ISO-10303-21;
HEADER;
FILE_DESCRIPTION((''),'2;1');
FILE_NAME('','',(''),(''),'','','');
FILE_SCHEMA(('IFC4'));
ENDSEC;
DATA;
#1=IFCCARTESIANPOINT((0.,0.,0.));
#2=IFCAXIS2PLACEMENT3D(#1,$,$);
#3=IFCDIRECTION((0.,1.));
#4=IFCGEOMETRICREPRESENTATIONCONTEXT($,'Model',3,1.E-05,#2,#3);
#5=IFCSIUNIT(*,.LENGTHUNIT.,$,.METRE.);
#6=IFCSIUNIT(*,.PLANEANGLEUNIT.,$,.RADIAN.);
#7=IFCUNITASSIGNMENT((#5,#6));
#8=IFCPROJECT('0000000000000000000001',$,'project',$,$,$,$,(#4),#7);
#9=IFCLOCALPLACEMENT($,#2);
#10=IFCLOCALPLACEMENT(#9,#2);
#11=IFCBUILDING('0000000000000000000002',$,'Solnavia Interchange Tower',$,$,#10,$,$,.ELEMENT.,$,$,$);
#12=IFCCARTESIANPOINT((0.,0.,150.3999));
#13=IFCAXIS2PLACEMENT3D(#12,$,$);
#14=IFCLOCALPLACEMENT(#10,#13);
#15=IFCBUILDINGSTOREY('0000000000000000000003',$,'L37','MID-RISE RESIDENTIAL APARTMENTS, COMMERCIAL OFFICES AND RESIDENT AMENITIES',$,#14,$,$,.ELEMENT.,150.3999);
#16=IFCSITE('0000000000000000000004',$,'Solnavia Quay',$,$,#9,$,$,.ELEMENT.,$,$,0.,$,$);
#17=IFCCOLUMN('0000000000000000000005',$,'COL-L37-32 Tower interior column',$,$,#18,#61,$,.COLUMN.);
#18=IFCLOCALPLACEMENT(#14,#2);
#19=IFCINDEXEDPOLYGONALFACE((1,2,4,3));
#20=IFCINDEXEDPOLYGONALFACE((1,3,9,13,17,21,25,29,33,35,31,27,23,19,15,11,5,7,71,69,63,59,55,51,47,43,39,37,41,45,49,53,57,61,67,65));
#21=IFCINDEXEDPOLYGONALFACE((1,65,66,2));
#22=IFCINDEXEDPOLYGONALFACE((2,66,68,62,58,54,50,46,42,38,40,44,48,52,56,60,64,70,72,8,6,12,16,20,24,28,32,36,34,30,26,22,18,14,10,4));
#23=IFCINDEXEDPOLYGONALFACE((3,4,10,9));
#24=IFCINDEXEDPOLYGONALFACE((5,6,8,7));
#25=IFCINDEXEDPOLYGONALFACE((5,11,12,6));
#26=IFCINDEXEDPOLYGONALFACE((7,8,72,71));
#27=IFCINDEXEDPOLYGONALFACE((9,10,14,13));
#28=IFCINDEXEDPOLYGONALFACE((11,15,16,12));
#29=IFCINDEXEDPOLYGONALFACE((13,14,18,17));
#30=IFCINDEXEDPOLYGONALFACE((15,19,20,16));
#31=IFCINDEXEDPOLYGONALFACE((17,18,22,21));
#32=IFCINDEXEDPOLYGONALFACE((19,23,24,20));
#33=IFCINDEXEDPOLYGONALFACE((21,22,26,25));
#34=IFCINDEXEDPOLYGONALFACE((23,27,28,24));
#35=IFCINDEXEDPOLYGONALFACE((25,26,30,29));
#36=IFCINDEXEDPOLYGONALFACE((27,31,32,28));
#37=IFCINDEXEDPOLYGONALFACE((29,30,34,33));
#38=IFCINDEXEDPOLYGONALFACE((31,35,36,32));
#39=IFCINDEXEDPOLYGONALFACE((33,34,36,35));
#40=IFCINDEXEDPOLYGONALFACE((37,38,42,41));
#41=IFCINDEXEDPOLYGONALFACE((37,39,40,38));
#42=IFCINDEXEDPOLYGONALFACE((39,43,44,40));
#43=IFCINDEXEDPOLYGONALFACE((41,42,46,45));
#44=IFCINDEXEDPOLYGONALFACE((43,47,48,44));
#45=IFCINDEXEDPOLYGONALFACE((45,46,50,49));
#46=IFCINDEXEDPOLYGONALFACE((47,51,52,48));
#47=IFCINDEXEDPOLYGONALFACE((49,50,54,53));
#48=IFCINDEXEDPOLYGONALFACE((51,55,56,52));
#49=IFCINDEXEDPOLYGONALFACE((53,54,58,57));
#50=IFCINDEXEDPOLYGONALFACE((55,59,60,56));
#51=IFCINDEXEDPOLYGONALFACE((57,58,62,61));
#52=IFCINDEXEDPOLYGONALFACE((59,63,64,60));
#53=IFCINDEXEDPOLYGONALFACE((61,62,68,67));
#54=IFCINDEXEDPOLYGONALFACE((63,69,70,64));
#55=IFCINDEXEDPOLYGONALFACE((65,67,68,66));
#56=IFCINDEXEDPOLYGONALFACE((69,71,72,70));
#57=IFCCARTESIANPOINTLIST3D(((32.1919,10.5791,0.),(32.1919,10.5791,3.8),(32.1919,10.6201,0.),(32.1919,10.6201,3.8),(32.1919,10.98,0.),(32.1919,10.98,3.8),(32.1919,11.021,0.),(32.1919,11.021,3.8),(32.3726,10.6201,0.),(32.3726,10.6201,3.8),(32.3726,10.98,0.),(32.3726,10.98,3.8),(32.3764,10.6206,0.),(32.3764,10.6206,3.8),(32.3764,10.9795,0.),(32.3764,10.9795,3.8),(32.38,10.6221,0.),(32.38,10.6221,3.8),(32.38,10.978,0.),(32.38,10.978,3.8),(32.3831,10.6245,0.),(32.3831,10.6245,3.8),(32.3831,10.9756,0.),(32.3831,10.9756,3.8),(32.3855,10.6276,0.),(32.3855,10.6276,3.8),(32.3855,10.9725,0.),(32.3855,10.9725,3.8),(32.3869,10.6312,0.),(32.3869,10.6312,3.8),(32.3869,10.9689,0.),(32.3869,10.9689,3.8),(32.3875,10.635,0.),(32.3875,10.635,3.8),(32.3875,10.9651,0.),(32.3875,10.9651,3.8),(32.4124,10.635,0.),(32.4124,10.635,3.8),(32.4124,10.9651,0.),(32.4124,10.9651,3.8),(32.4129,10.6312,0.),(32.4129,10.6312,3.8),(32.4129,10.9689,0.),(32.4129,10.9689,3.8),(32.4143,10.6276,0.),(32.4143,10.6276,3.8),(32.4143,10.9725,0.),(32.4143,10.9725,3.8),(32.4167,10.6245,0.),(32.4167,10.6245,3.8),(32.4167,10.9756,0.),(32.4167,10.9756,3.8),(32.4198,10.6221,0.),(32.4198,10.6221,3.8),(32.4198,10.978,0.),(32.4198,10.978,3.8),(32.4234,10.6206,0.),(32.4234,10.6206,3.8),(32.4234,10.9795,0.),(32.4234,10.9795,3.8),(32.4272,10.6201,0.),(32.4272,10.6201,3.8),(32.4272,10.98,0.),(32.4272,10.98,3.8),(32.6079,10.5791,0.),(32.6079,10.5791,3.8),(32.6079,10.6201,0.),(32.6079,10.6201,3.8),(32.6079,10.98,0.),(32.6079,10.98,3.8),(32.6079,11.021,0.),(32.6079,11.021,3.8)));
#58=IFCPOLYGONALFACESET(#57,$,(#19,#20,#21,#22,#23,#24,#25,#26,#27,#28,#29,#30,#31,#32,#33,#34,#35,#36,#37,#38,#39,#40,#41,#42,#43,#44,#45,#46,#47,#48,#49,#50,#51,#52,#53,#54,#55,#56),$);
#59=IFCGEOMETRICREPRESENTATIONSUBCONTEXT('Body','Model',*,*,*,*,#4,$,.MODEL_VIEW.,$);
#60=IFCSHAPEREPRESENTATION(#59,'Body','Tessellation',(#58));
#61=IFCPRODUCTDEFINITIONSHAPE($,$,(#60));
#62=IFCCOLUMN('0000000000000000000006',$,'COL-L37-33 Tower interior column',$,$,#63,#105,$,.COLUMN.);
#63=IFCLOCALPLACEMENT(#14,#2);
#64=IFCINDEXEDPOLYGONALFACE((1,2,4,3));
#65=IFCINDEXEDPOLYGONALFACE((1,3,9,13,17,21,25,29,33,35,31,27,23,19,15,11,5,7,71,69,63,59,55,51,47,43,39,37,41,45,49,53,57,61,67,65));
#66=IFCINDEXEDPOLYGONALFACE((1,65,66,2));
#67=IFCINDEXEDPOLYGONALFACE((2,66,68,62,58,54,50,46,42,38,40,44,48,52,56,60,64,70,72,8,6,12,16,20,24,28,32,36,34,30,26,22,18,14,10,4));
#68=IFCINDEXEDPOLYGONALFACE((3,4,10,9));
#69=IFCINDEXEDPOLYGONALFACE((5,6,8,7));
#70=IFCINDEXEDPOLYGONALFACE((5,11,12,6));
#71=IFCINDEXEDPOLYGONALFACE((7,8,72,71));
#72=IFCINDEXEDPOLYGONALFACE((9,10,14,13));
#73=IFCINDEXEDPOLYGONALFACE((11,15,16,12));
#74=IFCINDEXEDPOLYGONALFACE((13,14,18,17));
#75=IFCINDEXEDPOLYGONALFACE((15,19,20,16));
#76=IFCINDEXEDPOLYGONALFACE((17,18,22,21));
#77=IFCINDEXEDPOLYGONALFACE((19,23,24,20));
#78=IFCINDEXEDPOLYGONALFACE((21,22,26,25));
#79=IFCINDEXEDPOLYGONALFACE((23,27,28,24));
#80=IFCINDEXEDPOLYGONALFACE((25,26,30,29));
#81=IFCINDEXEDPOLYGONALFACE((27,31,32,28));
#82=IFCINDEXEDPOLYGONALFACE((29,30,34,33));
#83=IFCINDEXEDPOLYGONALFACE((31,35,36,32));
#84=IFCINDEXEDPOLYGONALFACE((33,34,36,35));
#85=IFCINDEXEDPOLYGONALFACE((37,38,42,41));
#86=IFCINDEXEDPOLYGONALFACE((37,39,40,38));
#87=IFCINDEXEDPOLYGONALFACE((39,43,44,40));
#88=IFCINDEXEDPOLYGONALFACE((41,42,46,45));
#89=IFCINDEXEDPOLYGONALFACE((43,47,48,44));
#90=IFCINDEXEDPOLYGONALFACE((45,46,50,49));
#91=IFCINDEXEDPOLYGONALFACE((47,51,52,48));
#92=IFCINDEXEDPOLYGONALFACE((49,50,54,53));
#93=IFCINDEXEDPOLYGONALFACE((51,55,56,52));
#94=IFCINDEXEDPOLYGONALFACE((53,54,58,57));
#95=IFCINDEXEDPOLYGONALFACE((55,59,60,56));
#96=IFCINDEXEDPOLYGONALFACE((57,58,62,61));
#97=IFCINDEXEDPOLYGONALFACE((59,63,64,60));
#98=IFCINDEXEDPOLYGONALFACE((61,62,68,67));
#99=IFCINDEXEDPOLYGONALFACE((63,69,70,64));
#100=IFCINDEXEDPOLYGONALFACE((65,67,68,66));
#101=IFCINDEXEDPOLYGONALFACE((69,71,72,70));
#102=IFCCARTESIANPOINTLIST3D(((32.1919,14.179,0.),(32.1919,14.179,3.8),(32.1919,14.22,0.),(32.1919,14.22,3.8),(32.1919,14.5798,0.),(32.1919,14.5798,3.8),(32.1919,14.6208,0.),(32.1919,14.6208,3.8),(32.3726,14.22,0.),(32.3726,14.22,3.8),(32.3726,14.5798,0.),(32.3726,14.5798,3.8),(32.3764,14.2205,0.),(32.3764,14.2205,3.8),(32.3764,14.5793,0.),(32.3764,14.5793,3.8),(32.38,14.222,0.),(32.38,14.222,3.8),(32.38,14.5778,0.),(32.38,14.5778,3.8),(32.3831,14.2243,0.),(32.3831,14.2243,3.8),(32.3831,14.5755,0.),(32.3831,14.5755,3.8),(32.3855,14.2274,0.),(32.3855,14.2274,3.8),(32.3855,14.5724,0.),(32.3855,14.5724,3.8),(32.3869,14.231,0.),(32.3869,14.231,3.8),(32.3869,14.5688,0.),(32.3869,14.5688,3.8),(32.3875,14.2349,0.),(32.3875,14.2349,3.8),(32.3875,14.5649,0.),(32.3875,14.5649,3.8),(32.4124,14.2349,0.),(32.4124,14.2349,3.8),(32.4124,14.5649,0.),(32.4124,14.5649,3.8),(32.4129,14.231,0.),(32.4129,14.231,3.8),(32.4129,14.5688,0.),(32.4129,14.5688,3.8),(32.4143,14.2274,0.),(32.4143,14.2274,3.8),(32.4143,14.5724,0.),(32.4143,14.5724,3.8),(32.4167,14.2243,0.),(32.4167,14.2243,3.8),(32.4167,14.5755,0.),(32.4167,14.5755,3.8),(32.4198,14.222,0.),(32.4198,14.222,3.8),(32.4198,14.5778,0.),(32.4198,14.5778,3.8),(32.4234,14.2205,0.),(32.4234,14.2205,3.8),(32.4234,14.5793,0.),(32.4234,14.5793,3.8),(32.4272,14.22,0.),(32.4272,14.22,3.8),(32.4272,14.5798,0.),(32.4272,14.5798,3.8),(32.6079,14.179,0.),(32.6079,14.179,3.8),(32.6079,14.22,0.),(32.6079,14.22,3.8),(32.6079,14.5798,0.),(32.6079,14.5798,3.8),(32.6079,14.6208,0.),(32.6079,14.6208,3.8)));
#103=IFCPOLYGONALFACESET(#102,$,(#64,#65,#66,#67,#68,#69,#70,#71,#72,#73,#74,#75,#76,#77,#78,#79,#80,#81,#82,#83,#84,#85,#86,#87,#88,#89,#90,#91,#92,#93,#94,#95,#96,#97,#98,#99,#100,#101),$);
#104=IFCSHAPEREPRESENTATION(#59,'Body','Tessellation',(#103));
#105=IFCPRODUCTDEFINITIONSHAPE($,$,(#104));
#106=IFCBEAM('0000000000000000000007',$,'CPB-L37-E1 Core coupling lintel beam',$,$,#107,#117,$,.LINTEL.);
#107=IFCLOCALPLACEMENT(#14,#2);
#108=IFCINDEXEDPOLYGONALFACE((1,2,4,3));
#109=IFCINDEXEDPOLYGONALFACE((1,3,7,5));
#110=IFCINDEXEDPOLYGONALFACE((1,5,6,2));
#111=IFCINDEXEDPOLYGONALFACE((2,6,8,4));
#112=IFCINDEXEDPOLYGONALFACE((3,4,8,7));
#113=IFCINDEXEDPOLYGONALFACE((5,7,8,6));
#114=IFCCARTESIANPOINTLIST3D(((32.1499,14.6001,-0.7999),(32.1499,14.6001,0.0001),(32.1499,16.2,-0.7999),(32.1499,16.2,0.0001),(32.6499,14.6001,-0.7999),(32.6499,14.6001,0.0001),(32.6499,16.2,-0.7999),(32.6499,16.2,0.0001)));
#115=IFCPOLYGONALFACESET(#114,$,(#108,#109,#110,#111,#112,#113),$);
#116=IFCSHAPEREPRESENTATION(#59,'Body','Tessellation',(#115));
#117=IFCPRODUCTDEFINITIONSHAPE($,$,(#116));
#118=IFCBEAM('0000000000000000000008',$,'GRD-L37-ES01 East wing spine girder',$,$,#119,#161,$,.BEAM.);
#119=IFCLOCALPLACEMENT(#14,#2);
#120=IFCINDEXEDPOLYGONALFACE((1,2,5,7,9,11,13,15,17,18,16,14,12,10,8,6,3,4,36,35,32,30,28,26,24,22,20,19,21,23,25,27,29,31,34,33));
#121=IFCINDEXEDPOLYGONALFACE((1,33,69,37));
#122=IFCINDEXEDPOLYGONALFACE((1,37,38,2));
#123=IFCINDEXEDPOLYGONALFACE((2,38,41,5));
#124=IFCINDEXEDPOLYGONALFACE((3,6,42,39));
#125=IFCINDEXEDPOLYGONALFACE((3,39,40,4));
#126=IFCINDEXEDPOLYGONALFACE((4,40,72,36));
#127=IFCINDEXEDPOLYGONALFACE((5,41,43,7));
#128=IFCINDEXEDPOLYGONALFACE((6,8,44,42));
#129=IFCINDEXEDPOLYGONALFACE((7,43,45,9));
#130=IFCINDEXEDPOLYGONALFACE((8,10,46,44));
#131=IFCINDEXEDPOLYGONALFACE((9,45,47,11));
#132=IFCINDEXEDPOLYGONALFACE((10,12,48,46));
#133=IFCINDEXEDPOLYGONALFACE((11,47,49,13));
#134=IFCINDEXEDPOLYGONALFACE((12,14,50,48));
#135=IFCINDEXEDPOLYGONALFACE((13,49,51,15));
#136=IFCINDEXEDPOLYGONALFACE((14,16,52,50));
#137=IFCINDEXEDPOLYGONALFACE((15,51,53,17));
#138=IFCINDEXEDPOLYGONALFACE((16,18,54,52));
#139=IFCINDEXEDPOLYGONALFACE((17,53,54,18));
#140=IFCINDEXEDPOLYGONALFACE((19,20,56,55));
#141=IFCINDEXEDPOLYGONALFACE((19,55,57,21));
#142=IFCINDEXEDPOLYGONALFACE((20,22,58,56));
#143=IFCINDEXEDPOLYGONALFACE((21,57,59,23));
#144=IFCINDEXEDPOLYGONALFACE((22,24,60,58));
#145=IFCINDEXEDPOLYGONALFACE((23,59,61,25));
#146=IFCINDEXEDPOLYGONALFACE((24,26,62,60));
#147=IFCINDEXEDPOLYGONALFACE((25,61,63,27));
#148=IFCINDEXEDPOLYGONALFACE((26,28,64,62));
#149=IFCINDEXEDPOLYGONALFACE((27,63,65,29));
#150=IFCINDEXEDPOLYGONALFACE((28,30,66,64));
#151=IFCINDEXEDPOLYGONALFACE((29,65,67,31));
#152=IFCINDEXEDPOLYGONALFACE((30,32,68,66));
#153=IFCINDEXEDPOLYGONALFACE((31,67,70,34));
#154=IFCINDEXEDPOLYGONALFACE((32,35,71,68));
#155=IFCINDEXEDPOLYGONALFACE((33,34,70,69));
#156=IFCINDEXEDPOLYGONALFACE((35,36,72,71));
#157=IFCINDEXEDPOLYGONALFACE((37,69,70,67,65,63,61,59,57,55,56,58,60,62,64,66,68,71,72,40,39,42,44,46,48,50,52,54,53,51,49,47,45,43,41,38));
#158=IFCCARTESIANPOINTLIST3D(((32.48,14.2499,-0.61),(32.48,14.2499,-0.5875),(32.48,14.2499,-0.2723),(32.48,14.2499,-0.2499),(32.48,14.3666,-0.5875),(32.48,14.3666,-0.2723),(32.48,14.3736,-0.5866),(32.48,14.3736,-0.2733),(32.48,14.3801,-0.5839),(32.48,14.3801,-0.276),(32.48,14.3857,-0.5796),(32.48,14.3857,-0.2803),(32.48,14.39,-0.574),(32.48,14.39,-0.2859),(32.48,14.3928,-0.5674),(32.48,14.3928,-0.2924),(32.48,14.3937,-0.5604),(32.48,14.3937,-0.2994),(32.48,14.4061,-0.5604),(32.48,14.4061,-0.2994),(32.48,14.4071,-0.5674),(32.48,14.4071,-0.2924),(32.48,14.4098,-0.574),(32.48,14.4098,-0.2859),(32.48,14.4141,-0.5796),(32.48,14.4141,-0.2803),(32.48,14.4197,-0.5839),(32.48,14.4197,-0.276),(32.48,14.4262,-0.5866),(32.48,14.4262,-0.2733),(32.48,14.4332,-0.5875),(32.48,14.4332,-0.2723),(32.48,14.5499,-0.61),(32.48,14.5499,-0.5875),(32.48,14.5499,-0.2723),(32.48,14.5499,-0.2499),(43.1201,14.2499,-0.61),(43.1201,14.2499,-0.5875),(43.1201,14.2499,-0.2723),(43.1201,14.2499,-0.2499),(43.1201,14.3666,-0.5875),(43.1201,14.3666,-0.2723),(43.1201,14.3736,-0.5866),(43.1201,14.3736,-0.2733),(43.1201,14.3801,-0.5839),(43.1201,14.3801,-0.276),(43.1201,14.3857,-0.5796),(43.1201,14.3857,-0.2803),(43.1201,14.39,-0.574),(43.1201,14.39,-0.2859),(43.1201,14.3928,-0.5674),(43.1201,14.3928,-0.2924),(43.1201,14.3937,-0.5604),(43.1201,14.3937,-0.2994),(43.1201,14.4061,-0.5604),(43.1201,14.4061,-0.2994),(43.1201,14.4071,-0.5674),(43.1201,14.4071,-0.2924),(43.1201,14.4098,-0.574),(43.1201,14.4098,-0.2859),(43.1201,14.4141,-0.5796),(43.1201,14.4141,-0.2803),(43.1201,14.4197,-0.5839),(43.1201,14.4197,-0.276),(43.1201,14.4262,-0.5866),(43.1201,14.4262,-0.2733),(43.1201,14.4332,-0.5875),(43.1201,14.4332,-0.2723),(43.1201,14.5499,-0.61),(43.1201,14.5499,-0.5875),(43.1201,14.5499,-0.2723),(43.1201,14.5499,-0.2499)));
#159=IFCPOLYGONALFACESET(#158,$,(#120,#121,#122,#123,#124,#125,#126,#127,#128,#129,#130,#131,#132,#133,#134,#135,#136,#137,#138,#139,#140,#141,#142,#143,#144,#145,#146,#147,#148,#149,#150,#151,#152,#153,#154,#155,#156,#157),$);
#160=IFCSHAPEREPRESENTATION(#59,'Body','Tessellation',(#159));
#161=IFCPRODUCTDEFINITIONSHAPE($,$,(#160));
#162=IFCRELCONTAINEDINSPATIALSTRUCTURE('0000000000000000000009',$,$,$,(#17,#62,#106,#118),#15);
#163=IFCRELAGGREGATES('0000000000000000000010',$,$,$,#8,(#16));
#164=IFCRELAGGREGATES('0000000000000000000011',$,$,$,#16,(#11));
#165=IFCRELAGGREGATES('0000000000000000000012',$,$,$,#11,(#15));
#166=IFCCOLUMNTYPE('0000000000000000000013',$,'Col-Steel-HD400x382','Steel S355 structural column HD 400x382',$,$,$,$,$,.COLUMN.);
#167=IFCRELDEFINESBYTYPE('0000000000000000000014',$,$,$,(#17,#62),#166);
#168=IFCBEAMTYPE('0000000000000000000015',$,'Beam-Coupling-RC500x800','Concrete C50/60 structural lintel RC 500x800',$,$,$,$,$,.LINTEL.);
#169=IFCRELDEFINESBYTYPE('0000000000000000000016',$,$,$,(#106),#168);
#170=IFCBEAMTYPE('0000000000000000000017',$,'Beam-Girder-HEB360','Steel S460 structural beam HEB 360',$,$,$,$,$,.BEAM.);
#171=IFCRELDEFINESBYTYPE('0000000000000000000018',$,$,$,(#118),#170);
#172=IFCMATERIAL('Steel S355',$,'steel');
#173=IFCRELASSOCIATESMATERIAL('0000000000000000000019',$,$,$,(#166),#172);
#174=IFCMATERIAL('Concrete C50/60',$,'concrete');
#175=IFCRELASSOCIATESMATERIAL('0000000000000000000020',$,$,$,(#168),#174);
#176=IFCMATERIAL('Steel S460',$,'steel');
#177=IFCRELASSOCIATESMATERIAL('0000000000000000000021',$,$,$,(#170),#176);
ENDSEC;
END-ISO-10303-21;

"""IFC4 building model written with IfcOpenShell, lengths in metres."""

from ifc_helpers import new_model, si_unit, direction, frame, origin, origin_2d, place, context, subcontext, project, spatial, rectangle, i_section, extrude, material, material_profile, profile_set, type_object, element, save


model = new_model("IFC4")

# Units and contexts
model_context = context("Model", 3, precision=1e-05, world=origin(), true_north=direction((0.0, 1.0)))
body_context = subcontext(model_context, "Body", "Model", "MODEL_VIEW")
ifc_project = project(units=[si_unit("LENGTHUNIT", "METRE"), si_unit("PLANEANGLEUNIT", "RADIAN")], contexts=[model_context])

# Site, building, storey
site_placement = place(None, origin())
site = spatial("IfcSite", under=ifc_project, at=site_placement, Name="Solnavia Quay", CompositionType="ELEMENT", RefElevation=0.0)
building_placement = place(site_placement, origin())
building = spatial("IfcBuilding", under=site, at=building_placement, Name="Solnavia Interchange Tower", CompositionType="ELEMENT")
storey_placement = place(building_placement, frame((0.0, 0.0, 150.3999)))
storey = spatial("IfcBuildingStorey", under=building, at=storey_placement, Name="L37", Description="MID-RISE RESIDENTIAL APARTMENTS, COMMERCIAL OFFICES AND RESIDENT AMENITIES", CompositionType="ELEMENT", Elevation=150.3999)

# Columns
ifc_material_1 = material(Name="Steel S355", Category="steel")
ifc_material_profile_1 = material_profile(ifc_material_1, i_section(OverallWidth=0.416, OverallDepth=0.4419, WebThickness=0.0249, FlangeThickness=0.041, FilletRadius=0.0149, at=origin_2d()), Name="HD 400x382")
ifc_profile_set_1 = profile_set([ifc_material_profile_1], Name="Steel S355")
column_type = type_object("IfcColumnType", Name="Col-Steel-HD400x382", Description="Steel S355 structural column HD 400x382", PredefinedType="COLUMN", material=ifc_profile_set_1)
for number, where, z_axis, x_axis, name in (
    (1, (32.3999, 10.8, 0.0), (0.0, 0.0, 1.0), (1.0, 0.0, 0.0), "COL-L37-32 Tower interior column"),
    (2, (32.3999, 14.3999, 0.0), (0.0, 0.0, 1.0), (1.0, 0.0, 0.0), "COL-L37-33 Tower interior column"),
):
    element("IfcColumn", number, at=place(storey_placement, frame(where, z_axis=z_axis, x_axis=x_axis)), inside=storey, type_object=column_type, Name=name, PredefinedType="COLUMN", context=body_context, shape_type="SweptSolid", body=[
        extrude(i_section(OverallWidth=0.416, OverallDepth=0.4419, WebThickness=0.0249, FlangeThickness=0.041, FilletRadius=0.0149, at=origin_2d()), origin(), (0.0, 0.0, 1.0), 3.8),
    ])

# Beams
ifc_material_2 = material(Name="Concrete C50/60", Category="concrete")
ifc_material_profile_2 = material_profile(ifc_material_2, rectangle(XDim=0.5, YDim=0.8, at=origin_2d()), Name="RC 500x800")
ifc_profile_set_2 = profile_set([ifc_material_profile_2], Name="Concrete C50/60")
beam_type_1 = type_object("IfcBeamType", Name="Beam-Coupling-RC500x800", Description="Concrete C50/60 structural lintel RC 500x800", PredefinedType="LINTEL", material=ifc_profile_set_2)
beam_1_placement = place(storey_placement, frame((32.3999, 14.6001, -0.3999), z_axis=(0.0, 1.0, 0.0), x_axis=(-1.0, 0.0, 0.0)))
element("IfcBeam", 3, at=beam_1_placement, inside=storey, type_object=beam_type_1, Name="CPB-L37-E1 Core coupling lintel beam", PredefinedType="LINTEL", context=body_context, shape_type="SweptSolid", body=[
    extrude(rectangle(XDim=0.5, YDim=0.8, at=origin_2d()), origin(), (0.0, 0.0, 1.0), 1.5999),
])
ifc_material_3 = material(Name="Steel S460", Category="steel")
ifc_material_profile_3 = material_profile(ifc_material_3, i_section(OverallWidth=0.3, OverallDepth=0.3601, WebThickness=0.0125, FlangeThickness=0.0225, FilletRadius=0.0271, at=origin_2d()), Name="HEB 360")
ifc_profile_set_3 = profile_set([ifc_material_profile_3], Name="Steel S460")
beam_type_2 = type_object("IfcBeamType", Name="Beam-Girder-HEB360", Description="Steel S460 structural beam HEB 360", PredefinedType="BEAM", material=ifc_profile_set_3)
beam_2_placement = place(storey_placement, frame((32.48, 14.3999, -0.4299), z_axis=(1.0, 0.0, 0.0), x_axis=(0.0, 1.0, 0.0)))
element("IfcBeam", 4, at=beam_2_placement, inside=storey, type_object=beam_type_2, Name="GRD-L37-ES01 East wing spine girder", PredefinedType="BEAM", context=body_context, shape_type="SweptSolid", body=[
    extrude(i_section(OverallWidth=0.3, OverallDepth=0.3601, WebThickness=0.0125, FlangeThickness=0.0225, FilletRadius=0.0271, at=origin_2d()), origin(), (0.0, 0.0, 1.0), 10.6401),
])

save(model, "model.ifc")
